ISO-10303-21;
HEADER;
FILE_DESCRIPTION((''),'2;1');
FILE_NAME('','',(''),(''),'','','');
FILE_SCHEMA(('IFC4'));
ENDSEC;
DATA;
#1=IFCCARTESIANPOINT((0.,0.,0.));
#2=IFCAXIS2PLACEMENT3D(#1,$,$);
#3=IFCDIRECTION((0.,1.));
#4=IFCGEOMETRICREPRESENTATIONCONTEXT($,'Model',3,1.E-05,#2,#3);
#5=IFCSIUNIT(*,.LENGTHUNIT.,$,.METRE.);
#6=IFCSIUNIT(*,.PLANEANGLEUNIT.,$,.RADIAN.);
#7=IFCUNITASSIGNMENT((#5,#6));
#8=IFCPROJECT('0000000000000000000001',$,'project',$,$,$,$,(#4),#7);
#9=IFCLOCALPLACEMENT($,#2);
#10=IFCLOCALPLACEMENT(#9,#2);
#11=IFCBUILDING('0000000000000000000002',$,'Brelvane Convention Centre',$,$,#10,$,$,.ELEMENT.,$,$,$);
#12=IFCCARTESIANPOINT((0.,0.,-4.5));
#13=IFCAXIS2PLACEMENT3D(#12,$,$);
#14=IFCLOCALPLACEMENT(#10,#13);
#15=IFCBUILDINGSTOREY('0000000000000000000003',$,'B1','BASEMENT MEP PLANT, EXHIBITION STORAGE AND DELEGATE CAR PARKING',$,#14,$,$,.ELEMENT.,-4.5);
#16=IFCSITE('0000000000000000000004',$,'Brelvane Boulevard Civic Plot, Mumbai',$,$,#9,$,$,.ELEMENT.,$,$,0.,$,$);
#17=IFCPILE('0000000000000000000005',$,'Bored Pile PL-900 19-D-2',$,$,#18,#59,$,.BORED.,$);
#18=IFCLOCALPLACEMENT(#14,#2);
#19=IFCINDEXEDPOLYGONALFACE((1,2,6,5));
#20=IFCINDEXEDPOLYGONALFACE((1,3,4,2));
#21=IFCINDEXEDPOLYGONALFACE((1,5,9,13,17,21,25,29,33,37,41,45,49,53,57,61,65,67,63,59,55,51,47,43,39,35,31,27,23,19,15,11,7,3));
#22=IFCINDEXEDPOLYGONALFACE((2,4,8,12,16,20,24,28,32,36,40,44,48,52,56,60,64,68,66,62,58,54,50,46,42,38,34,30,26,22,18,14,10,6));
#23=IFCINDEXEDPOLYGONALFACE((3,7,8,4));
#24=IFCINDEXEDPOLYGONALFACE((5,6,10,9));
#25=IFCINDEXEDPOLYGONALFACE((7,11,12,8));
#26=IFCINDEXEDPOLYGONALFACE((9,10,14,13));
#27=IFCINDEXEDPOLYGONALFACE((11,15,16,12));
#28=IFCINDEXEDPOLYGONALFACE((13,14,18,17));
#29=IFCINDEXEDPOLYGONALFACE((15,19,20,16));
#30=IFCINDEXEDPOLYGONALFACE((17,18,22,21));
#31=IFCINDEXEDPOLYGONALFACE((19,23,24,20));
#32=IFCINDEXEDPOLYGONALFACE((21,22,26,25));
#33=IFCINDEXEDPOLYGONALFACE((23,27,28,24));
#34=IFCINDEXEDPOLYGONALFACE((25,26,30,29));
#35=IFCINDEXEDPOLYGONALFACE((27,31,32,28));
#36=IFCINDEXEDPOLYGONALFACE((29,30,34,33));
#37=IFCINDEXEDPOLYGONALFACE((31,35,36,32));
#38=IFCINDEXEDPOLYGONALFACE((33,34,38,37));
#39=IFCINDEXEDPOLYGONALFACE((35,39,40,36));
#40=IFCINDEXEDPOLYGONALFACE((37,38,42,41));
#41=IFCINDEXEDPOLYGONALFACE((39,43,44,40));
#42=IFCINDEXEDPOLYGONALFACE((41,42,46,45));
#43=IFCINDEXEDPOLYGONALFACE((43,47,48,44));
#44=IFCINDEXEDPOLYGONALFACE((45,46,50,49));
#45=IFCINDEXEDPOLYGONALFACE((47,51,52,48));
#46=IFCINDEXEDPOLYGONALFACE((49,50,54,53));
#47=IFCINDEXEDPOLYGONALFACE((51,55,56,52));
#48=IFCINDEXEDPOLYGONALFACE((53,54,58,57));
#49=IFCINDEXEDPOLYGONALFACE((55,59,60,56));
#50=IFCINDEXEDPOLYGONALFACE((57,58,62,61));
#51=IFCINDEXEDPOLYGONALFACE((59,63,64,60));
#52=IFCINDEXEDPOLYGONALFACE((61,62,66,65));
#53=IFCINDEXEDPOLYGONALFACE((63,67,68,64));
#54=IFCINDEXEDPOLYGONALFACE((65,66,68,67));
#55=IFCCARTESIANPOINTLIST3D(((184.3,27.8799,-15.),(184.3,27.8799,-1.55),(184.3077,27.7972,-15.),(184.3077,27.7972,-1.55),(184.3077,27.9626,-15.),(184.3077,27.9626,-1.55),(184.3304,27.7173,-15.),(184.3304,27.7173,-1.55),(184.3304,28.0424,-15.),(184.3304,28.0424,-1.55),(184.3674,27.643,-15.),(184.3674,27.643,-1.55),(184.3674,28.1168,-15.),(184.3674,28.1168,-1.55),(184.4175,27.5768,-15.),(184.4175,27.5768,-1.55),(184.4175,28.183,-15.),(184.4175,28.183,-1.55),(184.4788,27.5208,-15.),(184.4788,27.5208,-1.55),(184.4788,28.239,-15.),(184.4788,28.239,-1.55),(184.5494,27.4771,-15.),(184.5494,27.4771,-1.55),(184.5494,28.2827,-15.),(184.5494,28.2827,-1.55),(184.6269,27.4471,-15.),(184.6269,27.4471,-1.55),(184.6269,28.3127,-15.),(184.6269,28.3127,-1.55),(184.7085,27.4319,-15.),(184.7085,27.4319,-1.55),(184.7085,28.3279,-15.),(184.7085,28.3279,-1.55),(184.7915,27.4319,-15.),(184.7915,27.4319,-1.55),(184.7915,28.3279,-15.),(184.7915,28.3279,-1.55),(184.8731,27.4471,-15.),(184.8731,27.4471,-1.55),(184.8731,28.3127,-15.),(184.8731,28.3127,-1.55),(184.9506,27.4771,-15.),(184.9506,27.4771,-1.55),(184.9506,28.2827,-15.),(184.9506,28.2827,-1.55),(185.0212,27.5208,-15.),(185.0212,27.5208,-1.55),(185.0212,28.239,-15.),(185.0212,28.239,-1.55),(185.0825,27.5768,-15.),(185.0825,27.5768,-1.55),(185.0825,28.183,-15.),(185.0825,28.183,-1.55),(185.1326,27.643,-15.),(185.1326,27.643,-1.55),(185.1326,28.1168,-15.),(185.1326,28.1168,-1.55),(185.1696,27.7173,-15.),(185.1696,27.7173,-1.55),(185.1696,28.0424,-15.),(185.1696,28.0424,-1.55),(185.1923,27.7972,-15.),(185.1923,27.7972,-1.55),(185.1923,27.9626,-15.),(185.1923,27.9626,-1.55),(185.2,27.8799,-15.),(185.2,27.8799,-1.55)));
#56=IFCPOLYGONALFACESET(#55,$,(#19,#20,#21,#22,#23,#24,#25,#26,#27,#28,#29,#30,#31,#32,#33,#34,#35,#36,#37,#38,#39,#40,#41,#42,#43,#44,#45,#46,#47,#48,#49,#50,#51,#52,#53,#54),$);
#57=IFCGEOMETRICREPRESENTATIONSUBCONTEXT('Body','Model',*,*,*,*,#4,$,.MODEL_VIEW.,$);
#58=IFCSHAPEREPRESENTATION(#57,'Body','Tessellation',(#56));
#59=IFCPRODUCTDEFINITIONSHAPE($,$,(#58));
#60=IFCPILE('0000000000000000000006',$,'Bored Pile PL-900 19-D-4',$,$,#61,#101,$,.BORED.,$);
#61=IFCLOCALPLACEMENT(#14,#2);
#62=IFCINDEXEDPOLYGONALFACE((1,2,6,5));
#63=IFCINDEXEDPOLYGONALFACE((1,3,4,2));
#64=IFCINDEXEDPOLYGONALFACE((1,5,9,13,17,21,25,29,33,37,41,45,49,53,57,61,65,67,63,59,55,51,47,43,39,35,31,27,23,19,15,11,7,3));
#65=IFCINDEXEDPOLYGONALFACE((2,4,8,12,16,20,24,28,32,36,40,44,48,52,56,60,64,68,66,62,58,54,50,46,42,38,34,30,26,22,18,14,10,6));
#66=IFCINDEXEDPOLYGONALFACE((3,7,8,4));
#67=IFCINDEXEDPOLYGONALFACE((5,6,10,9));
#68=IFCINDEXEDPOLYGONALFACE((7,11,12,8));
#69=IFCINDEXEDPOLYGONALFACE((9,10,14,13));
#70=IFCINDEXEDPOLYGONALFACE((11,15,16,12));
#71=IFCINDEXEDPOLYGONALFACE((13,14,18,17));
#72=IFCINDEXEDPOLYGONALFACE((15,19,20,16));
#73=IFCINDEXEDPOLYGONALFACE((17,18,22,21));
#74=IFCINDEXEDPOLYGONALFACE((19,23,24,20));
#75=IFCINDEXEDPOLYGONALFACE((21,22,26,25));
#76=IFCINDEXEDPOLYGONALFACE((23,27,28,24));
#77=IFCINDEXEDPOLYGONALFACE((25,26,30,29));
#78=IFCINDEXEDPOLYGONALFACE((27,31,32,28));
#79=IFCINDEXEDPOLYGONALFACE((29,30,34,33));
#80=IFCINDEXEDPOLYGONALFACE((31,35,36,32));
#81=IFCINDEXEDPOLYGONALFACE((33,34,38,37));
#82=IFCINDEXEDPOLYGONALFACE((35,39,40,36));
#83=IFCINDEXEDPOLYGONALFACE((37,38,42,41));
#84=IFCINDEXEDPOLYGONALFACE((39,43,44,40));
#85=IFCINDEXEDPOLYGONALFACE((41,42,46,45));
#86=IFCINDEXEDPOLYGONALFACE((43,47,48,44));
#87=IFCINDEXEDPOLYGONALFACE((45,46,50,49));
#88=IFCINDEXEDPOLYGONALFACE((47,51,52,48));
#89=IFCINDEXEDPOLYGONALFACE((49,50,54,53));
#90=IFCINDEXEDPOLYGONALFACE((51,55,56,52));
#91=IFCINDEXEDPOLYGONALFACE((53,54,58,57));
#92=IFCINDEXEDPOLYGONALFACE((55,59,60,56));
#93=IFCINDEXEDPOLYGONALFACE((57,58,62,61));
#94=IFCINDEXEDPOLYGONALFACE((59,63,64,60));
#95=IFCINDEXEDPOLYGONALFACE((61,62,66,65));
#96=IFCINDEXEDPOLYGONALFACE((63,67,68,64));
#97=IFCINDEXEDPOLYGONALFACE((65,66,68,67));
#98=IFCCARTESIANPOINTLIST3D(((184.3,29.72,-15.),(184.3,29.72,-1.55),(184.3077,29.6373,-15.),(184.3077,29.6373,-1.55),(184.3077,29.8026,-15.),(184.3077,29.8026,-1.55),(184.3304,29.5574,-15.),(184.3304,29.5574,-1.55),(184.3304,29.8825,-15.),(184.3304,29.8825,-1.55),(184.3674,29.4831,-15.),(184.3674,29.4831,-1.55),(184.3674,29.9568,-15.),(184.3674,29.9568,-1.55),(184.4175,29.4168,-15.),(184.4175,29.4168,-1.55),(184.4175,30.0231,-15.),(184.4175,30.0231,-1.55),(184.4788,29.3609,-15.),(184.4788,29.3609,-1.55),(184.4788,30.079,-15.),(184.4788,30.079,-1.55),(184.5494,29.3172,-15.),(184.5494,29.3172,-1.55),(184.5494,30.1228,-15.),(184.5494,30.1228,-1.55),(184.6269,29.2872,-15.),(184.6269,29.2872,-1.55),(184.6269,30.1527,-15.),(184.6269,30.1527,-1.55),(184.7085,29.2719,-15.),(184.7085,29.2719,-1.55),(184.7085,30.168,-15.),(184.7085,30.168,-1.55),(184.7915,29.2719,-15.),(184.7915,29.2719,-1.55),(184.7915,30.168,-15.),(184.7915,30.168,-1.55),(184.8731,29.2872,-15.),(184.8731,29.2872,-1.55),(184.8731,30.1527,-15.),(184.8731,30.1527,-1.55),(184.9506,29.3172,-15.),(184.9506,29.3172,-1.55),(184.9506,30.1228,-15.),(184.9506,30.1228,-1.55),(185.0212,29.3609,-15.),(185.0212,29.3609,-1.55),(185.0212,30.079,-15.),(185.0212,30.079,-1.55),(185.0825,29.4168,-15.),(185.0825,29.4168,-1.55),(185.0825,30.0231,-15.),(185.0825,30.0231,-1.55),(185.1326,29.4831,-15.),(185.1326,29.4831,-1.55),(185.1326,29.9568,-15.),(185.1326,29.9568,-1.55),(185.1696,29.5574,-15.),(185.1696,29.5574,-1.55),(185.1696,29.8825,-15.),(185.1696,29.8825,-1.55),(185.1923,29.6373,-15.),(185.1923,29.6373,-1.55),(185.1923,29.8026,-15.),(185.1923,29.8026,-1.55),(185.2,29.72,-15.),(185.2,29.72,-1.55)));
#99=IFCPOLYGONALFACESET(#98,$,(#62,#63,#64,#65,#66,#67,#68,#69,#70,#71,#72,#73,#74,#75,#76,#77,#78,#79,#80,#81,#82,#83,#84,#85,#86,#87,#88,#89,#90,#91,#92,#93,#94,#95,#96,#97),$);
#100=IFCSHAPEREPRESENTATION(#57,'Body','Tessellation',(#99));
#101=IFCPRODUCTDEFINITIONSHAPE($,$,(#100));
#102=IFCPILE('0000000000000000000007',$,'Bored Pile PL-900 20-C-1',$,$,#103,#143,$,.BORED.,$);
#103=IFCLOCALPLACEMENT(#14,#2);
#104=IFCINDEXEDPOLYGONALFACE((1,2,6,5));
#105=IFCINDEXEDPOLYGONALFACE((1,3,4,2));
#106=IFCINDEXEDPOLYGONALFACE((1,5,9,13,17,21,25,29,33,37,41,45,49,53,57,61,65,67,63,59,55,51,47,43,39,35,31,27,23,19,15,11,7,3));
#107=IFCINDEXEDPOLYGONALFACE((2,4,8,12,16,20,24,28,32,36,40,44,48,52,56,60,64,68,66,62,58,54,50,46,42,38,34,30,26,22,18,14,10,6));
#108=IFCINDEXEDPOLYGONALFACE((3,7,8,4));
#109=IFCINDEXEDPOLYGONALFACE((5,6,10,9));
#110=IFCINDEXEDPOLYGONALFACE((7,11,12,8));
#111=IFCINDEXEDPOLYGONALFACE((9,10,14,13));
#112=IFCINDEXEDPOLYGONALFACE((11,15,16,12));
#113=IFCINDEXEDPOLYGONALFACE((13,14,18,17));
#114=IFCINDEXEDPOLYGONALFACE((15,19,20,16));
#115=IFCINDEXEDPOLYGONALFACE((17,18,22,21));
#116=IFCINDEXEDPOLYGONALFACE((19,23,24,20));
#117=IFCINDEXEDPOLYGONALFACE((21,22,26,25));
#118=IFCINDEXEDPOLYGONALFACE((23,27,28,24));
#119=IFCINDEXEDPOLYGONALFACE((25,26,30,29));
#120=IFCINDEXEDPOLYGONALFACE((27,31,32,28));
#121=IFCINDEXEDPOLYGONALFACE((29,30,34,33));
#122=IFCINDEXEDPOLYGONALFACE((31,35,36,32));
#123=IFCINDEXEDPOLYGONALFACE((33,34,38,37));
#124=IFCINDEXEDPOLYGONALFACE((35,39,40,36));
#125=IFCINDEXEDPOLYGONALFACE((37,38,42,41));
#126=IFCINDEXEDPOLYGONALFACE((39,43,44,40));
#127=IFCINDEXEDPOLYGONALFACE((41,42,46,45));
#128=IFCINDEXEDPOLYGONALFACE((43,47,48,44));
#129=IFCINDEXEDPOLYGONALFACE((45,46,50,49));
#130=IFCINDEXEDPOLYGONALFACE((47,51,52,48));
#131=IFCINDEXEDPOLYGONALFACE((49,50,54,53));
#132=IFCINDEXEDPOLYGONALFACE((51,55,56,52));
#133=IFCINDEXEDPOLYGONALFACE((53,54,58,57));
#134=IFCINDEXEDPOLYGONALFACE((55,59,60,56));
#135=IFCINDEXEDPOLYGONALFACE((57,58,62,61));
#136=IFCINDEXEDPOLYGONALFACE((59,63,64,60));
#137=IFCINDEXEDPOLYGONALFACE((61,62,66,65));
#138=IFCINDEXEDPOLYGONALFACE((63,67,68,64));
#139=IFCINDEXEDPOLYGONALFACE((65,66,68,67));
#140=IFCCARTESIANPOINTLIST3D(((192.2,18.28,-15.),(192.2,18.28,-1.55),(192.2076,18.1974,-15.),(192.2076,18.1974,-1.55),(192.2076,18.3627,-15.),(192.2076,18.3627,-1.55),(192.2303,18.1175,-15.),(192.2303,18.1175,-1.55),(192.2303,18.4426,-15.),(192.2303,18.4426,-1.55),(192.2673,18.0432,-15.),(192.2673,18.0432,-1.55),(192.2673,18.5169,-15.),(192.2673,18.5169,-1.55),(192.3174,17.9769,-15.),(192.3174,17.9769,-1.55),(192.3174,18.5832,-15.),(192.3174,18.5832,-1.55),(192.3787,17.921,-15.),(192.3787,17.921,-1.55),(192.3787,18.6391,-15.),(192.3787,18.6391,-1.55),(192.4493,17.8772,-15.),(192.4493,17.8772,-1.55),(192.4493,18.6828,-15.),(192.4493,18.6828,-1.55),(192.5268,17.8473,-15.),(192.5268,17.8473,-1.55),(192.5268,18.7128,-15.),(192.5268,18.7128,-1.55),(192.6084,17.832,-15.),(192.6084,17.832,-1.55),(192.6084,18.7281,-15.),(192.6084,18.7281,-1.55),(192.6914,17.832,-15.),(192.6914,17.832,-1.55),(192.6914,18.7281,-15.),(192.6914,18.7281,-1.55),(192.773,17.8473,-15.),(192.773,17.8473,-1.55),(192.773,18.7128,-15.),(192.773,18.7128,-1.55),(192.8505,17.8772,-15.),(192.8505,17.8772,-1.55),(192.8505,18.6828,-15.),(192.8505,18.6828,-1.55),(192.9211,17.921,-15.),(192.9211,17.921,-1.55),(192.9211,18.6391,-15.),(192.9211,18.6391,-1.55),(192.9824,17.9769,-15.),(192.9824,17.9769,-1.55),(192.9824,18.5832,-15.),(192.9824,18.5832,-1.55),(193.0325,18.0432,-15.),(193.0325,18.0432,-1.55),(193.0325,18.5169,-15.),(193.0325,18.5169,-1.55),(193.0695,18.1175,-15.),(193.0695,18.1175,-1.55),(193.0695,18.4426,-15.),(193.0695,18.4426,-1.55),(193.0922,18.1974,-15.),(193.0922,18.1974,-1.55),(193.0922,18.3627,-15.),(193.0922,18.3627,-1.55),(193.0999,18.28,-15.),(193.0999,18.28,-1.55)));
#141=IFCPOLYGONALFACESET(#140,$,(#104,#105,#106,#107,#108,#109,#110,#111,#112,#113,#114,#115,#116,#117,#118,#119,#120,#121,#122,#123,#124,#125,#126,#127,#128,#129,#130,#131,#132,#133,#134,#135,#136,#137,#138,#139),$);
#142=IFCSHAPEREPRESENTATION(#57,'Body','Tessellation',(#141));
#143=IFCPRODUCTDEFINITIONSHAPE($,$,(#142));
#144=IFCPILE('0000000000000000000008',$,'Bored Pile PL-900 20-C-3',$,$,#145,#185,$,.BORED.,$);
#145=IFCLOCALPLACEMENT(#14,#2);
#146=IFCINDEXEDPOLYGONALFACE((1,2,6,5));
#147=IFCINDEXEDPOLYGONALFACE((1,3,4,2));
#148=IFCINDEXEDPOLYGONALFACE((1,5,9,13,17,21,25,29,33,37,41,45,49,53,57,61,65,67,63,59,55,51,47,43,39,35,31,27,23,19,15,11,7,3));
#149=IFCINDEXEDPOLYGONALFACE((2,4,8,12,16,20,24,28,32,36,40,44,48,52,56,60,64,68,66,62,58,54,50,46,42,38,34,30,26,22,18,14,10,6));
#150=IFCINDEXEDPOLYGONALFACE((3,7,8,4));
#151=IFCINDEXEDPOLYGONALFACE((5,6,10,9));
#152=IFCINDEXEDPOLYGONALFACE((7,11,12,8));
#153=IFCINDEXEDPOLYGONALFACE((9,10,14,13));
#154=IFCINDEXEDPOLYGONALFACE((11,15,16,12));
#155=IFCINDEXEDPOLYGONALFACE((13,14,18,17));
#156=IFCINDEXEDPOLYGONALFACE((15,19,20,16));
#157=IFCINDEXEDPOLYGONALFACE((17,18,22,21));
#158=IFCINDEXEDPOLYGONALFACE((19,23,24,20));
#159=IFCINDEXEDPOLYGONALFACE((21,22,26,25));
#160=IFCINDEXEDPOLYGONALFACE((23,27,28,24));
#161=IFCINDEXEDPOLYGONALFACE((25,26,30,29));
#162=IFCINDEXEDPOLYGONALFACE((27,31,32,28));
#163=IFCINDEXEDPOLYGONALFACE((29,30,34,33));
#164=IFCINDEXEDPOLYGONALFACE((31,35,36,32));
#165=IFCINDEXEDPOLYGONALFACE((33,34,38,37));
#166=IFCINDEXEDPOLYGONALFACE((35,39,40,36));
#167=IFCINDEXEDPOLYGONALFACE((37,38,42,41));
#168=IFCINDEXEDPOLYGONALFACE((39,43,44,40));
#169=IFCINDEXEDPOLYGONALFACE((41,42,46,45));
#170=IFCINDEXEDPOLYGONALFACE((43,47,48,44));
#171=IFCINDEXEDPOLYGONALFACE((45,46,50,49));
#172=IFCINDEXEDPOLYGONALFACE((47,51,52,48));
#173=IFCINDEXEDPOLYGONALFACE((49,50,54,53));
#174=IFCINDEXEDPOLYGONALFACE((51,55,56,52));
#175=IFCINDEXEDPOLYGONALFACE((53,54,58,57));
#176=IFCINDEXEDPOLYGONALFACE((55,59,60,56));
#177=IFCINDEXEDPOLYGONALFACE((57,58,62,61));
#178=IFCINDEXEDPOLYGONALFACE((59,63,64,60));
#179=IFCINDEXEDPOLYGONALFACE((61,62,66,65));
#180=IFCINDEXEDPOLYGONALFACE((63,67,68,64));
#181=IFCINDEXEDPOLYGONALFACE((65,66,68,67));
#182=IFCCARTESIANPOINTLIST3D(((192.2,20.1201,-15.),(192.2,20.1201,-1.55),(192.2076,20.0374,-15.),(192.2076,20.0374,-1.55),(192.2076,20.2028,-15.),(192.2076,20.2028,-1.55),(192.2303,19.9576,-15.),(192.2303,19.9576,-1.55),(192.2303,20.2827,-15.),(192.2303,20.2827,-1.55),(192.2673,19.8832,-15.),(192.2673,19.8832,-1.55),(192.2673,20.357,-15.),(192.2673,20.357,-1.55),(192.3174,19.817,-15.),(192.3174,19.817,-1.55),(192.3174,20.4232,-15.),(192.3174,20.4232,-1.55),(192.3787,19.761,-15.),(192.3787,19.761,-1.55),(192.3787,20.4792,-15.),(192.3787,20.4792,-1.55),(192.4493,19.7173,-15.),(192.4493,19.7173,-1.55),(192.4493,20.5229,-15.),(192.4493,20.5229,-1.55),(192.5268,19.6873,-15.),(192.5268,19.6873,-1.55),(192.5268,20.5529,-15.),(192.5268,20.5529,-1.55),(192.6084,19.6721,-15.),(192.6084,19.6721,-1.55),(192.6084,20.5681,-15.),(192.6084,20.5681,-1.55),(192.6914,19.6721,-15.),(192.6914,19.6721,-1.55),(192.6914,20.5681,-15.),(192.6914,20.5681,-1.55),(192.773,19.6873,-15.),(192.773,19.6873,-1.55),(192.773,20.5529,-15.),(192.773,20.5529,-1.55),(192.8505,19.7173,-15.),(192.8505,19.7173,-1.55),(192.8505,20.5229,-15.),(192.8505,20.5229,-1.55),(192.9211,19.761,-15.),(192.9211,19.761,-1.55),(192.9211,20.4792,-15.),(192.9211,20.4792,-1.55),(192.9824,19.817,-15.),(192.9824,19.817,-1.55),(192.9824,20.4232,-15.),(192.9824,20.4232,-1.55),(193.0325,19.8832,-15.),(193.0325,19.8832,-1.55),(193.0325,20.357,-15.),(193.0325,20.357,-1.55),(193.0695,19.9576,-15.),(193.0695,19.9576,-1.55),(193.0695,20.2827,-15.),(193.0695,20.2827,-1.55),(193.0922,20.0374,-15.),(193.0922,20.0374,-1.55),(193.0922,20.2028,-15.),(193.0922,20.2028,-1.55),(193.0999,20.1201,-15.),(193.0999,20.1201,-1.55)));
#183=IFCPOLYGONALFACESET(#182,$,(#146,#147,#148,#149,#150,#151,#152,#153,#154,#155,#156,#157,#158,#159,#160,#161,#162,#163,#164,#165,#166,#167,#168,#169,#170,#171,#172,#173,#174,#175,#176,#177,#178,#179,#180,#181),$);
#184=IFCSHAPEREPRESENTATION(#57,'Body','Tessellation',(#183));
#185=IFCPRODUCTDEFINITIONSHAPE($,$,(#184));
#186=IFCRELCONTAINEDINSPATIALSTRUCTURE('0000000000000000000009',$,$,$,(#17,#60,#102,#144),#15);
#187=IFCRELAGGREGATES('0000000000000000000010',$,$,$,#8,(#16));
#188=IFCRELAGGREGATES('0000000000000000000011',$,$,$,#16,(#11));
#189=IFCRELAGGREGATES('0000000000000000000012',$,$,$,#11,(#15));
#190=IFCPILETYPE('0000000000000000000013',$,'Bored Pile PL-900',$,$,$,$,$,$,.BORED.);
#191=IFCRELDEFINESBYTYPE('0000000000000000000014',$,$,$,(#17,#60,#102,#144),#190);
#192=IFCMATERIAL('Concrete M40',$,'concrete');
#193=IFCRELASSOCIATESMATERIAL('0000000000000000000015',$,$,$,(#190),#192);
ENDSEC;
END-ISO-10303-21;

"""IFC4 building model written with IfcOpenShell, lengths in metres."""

from ifc_helpers import new_model, si_unit, direction, frame, origin, origin_2d, place, context, subcontext, project, spatial, circle, extrude, material, material_profile, profile_set, type_object, element, save


model = new_model("IFC4")

# Units and contexts
model_context = context("Model", 3, precision=1e-05, world=origin(), true_north=direction((0.0, 1.0)))
body_context = subcontext(model_context, "Body", "Model", "MODEL_VIEW")
ifc_project = project(units=[si_unit("LENGTHUNIT", "METRE"), si_unit("PLANEANGLEUNIT", "RADIAN")], contexts=[model_context])

# Site, building, storey
site_placement = place(None, origin())
site = spatial("IfcSite", under=ifc_project, at=site_placement, Name="Brelvane Boulevard Civic Plot, Mumbai", CompositionType="ELEMENT", RefElevation=0.0)
building_placement = place(site_placement, origin())
building = spatial("IfcBuilding", under=site, at=building_placement, Name="Brelvane Convention Centre", CompositionType="ELEMENT")
storey_placement = place(building_placement, frame((0.0, 0.0, -4.5)))
storey = spatial("IfcBuildingStorey", under=building, at=storey_placement, Name="B1", Description="BASEMENT MEP PLANT, EXHIBITION STORAGE AND DELEGATE CAR PARKING", CompositionType="ELEMENT", Elevation=-4.5)

# Piles
ifc_material_1 = material(Name="Concrete M40", Category="concrete")
ifc_material_profile_1 = material_profile(ifc_material_1, circle(Radius=0.45, at=origin_2d()), Name="PILE D900")
ifc_profile_set_1 = profile_set([ifc_material_profile_1], Name="Concrete M40")
pile_type = type_object("IfcPileType", Name="Bored Pile PL-900", PredefinedType="BORED", material=ifc_profile_set_1)
for number, where, z_axis, x_axis, name in (
    (1, (184.75, 27.8799, -1.55), (0.0, 0.0, -1.0), (1.0, 0.0, 0.0), "Bored Pile PL-900 19-D-2"),
    (2, (184.75, 29.72, -1.55), (0.0, 0.0, -1.0), (1.0, 0.0, 0.0), "Bored Pile PL-900 19-D-4"),
    (3, (192.6499, 18.28, -1.55), (0.0, 0.0, -1.0), (1.0, 0.0, 0.0), "Bored Pile PL-900 20-C-1"),
    (4, (192.6499, 20.1201, -1.55), (0.0, 0.0, -1.0), (1.0, 0.0, 0.0), "Bored Pile PL-900 20-C-3"),
):
    element("IfcPile", number, at=place(storey_placement, frame(where, z_axis=z_axis, x_axis=x_axis)), inside=storey, type_object=pile_type, Name=name, PredefinedType="BORED", context=body_context, shape_type="SweptSolid", body=[
        extrude(circle(Radius=0.45, at=origin_2d()), origin(), (0.0, 0.0, 1.0), 13.45),
    ])

save(model, "model.ifc")
